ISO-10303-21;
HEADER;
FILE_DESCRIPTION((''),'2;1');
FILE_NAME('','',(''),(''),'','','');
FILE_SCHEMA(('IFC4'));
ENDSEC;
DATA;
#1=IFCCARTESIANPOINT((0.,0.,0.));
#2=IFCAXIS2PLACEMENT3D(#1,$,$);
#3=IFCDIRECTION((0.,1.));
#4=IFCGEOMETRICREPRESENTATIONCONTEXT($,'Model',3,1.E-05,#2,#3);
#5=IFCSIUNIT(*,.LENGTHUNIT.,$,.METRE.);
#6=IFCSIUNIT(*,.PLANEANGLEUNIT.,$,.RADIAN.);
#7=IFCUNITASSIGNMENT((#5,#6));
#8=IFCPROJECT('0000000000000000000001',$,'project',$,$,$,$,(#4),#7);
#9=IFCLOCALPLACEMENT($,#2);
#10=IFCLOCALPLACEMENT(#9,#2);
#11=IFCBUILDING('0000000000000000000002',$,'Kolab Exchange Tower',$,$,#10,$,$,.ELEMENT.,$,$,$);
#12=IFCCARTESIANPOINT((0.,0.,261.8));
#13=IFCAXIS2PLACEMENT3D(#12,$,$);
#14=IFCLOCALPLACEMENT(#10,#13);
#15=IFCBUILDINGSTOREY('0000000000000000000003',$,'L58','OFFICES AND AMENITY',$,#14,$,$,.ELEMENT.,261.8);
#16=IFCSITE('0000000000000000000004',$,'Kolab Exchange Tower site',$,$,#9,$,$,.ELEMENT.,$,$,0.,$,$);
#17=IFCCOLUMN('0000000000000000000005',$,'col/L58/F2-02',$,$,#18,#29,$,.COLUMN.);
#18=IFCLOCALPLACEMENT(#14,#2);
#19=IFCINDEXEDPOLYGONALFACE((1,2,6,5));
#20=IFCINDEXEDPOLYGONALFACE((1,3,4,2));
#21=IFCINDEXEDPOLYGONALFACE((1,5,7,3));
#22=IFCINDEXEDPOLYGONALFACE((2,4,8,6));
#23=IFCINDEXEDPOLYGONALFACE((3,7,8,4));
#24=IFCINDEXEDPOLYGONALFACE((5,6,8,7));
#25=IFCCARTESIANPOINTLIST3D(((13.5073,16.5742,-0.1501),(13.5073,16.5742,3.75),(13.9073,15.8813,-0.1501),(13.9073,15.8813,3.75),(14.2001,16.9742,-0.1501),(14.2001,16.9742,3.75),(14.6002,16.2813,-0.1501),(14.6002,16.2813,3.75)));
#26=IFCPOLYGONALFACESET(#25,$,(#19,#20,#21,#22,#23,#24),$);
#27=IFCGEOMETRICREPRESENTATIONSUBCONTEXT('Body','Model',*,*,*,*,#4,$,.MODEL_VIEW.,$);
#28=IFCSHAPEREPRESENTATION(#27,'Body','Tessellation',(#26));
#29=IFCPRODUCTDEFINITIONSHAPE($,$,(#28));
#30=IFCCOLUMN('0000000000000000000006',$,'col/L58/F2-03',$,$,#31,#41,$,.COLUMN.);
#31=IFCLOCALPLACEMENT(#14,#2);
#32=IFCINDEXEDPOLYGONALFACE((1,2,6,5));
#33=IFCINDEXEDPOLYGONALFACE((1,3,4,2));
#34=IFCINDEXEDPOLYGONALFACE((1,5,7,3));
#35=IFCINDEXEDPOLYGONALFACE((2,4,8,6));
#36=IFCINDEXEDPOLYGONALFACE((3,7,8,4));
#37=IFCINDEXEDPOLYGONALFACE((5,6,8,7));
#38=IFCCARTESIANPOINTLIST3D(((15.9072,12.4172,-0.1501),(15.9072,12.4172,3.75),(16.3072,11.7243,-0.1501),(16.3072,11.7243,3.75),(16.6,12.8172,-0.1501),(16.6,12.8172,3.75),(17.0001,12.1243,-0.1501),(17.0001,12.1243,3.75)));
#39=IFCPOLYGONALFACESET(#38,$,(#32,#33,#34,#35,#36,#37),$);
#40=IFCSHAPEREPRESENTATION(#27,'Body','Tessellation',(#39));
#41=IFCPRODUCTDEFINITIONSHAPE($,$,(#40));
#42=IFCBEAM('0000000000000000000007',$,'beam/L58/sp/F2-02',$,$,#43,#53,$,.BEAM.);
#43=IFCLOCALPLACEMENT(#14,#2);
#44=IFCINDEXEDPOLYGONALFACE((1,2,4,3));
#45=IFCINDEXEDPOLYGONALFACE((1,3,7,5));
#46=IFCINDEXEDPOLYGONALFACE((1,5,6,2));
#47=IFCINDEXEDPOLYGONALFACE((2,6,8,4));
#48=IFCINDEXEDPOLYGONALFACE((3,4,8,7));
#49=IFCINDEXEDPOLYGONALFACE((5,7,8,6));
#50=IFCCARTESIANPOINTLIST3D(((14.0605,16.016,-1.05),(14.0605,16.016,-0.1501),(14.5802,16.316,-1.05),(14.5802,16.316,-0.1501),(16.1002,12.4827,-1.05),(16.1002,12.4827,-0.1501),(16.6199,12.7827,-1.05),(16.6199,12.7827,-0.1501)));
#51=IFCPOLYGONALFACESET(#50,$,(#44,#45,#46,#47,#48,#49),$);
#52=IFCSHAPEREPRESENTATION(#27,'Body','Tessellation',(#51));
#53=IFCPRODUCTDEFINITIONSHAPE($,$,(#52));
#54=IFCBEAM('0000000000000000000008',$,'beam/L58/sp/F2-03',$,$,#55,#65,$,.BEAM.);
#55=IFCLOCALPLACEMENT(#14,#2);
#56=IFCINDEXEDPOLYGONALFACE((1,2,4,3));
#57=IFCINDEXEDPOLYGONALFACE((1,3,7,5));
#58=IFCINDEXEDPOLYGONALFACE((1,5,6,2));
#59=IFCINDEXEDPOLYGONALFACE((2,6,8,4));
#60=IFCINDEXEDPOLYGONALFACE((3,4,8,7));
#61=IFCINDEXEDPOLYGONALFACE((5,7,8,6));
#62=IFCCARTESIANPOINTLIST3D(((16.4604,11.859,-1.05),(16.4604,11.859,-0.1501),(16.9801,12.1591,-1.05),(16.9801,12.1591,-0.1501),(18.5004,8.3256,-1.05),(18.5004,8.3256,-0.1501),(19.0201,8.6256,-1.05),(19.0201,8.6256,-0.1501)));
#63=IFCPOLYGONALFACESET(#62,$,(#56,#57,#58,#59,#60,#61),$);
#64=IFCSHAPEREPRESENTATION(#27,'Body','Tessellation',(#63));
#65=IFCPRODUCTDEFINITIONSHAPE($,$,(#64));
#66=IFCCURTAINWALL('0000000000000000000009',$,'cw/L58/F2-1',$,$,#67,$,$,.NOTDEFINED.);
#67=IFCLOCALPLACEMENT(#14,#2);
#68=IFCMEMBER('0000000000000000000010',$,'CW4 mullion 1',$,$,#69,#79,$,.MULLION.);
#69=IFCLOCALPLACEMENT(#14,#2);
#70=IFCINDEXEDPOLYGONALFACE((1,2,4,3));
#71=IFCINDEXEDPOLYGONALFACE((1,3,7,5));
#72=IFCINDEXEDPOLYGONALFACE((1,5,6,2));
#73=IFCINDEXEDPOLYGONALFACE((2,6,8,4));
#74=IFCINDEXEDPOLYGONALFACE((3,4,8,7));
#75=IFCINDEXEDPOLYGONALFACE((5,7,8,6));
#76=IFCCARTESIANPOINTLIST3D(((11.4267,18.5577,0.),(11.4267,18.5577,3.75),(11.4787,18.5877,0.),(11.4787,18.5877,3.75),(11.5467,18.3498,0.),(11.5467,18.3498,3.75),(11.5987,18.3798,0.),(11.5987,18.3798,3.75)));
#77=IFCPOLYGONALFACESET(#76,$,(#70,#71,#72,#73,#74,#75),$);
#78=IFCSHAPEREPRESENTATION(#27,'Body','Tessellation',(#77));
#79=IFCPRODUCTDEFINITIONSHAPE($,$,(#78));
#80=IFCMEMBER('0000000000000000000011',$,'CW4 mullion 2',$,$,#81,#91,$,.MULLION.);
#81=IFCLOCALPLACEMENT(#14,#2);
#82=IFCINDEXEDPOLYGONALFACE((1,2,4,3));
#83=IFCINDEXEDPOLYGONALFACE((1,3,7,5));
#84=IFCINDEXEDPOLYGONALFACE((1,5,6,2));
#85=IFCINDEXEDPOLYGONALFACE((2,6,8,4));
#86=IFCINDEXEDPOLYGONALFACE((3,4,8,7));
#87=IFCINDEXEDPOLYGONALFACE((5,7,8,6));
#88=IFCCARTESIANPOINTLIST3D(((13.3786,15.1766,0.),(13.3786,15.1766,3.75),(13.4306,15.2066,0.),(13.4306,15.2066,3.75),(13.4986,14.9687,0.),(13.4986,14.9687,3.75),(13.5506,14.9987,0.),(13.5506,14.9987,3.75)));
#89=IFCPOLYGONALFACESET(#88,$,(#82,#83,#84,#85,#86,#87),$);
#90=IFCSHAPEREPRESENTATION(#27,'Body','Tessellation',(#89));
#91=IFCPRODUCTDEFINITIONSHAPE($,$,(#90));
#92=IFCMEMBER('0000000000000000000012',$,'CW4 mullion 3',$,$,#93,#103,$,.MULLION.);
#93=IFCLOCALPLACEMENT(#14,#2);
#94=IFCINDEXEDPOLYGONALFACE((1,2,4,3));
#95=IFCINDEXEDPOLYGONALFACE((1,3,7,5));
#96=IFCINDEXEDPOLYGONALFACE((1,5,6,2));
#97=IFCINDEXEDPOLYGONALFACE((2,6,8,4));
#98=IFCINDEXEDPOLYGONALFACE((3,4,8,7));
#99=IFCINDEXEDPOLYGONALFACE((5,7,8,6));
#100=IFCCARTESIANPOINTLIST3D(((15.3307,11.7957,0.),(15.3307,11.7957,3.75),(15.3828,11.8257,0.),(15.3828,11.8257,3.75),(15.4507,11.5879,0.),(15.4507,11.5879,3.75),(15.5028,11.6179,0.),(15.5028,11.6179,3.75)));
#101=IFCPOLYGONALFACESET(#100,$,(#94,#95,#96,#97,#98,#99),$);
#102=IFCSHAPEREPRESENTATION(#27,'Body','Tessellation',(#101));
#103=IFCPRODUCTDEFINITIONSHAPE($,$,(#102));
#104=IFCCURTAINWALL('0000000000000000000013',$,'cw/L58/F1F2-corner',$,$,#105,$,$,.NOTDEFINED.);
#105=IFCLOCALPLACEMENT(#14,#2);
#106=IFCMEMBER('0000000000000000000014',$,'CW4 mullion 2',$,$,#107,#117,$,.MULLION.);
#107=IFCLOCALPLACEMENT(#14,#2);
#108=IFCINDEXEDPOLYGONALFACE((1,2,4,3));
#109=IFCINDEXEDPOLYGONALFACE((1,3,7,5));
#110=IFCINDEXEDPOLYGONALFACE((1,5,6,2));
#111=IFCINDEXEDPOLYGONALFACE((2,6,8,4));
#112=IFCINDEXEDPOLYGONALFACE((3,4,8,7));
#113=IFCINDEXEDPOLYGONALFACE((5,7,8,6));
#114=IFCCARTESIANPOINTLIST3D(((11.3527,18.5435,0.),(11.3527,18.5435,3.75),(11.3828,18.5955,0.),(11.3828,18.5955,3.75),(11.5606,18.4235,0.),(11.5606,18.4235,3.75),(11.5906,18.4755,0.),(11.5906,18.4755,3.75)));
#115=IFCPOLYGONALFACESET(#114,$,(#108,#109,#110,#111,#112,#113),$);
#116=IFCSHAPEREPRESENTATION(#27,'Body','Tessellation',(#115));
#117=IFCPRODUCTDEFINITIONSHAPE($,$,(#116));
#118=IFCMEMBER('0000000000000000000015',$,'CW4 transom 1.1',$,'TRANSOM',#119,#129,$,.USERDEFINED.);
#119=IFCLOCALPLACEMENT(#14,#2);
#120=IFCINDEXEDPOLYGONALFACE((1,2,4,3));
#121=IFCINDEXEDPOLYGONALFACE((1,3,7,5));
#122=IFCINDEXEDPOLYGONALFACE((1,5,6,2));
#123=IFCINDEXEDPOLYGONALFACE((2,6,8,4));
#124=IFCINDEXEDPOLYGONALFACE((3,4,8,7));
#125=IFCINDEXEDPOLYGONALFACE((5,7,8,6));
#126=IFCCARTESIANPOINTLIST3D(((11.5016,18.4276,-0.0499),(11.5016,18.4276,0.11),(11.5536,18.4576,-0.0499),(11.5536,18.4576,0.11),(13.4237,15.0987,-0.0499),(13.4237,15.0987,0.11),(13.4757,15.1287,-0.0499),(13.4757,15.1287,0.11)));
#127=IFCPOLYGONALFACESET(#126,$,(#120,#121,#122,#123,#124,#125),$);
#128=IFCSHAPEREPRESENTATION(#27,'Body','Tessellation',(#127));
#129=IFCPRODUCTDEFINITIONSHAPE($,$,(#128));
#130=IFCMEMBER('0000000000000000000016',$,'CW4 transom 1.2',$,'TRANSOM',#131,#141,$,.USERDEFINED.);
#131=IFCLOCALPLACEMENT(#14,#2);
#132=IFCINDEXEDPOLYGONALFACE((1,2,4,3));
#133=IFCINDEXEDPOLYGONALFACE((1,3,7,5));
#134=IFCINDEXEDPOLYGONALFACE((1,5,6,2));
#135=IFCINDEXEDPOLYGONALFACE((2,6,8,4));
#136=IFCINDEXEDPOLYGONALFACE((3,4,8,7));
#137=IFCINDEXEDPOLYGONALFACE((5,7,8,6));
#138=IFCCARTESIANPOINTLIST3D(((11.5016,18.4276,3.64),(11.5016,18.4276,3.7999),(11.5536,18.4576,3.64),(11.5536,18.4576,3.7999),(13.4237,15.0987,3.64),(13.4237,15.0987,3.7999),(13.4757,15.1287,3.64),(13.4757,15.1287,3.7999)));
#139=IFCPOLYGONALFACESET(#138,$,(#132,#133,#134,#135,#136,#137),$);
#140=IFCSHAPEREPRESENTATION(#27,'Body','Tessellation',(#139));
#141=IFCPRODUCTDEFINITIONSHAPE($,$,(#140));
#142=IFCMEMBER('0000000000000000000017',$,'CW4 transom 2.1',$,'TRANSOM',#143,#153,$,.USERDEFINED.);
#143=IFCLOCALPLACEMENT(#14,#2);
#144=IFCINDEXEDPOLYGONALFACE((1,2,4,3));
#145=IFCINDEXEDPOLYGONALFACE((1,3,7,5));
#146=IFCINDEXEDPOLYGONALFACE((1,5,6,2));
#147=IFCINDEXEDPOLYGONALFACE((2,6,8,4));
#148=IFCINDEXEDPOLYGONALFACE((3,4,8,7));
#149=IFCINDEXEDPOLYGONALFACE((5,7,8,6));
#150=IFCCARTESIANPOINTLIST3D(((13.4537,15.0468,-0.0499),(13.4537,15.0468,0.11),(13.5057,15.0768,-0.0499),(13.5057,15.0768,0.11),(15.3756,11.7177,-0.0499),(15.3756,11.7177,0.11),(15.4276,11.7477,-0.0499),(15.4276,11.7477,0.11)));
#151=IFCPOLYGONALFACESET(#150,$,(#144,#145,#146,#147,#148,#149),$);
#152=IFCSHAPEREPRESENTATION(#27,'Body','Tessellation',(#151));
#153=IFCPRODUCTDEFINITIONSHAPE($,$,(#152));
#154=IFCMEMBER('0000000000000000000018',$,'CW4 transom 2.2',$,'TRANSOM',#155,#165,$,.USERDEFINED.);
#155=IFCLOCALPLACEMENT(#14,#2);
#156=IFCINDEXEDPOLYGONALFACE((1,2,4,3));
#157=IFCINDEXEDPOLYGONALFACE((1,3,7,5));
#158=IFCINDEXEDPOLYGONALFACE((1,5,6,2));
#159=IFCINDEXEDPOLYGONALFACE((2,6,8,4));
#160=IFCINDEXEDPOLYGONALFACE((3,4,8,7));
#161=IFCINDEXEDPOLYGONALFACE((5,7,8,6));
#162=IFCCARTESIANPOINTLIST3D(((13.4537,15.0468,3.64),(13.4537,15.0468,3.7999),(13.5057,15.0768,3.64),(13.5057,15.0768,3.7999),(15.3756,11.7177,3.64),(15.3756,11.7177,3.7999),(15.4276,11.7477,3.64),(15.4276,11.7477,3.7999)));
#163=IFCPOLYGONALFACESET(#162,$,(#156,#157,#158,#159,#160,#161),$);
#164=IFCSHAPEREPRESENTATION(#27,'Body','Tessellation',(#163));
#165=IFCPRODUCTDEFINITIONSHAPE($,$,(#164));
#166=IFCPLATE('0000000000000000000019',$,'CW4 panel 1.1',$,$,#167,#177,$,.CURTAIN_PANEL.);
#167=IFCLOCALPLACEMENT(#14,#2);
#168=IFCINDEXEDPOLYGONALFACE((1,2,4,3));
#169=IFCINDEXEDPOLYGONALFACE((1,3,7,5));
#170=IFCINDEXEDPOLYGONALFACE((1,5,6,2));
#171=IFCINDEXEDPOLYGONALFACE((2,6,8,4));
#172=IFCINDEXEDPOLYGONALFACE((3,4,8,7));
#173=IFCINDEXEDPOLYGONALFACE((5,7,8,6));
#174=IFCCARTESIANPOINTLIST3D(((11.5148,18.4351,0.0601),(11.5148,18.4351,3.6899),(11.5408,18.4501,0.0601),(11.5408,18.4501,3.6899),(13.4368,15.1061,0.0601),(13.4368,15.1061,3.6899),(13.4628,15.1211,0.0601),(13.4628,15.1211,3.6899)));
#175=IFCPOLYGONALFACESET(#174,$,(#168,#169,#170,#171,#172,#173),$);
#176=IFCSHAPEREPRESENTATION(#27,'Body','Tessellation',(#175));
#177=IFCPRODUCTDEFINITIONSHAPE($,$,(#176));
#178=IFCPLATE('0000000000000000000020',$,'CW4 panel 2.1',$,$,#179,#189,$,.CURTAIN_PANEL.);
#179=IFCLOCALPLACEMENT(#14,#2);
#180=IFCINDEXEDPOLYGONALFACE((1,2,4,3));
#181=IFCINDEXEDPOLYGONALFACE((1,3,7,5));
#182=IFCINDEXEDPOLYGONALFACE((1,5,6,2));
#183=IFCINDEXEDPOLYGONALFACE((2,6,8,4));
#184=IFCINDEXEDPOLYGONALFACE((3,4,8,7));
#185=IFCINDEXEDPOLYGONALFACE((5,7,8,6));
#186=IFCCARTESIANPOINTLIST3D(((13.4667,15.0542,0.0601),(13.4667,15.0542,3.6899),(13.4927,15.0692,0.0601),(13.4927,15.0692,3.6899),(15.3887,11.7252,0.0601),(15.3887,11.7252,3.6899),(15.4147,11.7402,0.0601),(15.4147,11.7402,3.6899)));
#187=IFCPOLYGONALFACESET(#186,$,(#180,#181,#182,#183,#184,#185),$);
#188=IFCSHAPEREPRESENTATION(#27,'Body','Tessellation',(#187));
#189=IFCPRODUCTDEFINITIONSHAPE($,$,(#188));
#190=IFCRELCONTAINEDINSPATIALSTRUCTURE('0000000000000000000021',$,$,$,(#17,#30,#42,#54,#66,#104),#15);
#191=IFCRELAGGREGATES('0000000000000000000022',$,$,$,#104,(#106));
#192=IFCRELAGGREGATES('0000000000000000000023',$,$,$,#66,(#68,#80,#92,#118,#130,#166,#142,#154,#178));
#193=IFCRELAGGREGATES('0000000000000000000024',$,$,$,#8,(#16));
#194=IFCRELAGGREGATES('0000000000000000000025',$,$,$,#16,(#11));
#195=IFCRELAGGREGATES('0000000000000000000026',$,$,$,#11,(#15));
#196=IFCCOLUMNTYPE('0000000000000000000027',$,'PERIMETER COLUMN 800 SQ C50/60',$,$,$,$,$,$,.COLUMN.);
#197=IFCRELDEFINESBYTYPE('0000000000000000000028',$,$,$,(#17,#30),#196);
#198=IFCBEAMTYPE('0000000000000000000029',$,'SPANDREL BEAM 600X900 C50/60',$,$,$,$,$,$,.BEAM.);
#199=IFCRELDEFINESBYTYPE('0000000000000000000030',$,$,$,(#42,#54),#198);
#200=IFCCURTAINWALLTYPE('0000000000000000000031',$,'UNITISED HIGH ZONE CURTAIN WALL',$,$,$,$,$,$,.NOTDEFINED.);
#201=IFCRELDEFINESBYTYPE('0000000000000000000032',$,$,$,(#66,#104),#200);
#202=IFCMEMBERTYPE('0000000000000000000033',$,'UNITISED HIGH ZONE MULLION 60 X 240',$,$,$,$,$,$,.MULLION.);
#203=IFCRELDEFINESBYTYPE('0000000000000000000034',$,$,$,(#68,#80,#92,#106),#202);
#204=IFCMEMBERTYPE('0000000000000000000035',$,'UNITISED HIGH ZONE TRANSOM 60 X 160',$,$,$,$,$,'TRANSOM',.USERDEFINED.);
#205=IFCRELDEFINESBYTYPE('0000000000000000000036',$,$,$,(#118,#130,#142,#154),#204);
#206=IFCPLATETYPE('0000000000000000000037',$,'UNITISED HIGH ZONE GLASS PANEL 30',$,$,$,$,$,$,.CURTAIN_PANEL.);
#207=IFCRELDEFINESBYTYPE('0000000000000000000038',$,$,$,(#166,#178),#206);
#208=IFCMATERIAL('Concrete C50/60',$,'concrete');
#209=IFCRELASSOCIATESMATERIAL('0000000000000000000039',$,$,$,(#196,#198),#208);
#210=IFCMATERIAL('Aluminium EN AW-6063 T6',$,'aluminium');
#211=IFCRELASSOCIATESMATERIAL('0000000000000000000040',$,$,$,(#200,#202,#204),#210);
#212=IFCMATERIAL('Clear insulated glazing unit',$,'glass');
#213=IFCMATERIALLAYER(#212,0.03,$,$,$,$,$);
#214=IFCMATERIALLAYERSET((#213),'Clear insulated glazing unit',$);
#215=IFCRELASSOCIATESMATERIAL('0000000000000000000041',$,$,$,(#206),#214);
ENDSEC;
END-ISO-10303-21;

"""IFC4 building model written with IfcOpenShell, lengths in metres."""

from ifc_helpers import new_model, si_unit, direction, frame, origin, origin_2d, place, context, subcontext, project, spatial, rectangle, extrude, material, layer, layer_set, material_profile, profile_set, type_object, element, aggregate, save


model = new_model("IFC4")

# Units and contexts
model_context = context("Model", 3, precision=1e-05, world=origin(), true_north=direction((0.0, 1.0)))
body_context = subcontext(model_context, "Body", "Model", "MODEL_VIEW")
ifc_project = project(units=[si_unit("LENGTHUNIT", "METRE"), si_unit("PLANEANGLEUNIT", "RADIAN")], contexts=[model_context])

# Site, building, storey
site_placement = place(None, origin())
site = spatial("IfcSite", under=ifc_project, at=site_placement, Name="Kolab Exchange Tower site", CompositionType="ELEMENT", RefElevation=0.0)
building_placement = place(site_placement, origin())
building = spatial("IfcBuilding", under=site, at=building_placement, Name="Kolab Exchange Tower", CompositionType="ELEMENT")
storey_placement = place(building_placement, frame((0.0, 0.0, 261.8)))
storey = spatial("IfcBuildingStorey", under=building, at=storey_placement, Name="L58", Description="OFFICES AND AMENITY", CompositionType="ELEMENT", Elevation=261.8)

# Columns
ifc_material_1 = material(Name="Concrete C50/60", Category="concrete")
ifc_material_profile_1 = material_profile(ifc_material_1, rectangle(XDim=0.8, YDim=0.8, at=origin_2d()), Name="RC800")
ifc_profile_set_1 = profile_set([ifc_material_profile_1], Name="Concrete C50/60")
column_type = type_object("IfcColumnType", Name="PERIMETER COLUMN 800 SQ C50/60", PredefinedType="COLUMN", material=ifc_profile_set_1)
for number, where, z_axis, x_axis, name in (
    (1, (14.0537, 16.4277, -0.1501), (0.0, 0.0, 1.0), (0.866025, 0.5, 0.0), "col/L58/F2-02"),
    (2, (16.4536, 12.2708, -0.1501), (0.0, 0.0, 1.0), (0.866025, 0.5, 0.0), "col/L58/F2-03"),
):
    element("IfcColumn", number, at=place(storey_placement, frame(where, z_axis=z_axis, x_axis=x_axis)), inside=storey, type_object=column_type, Name=name, PredefinedType="COLUMN", context=body_context, shape_type="SweptSolid", body=[
        extrude(rectangle(XDim=0.8, YDim=0.8, at=origin_2d()), origin(), (0.0, 0.0, 1.0), 3.9001),
    ])

# Beams
ifc_material_profile_2 = material_profile(ifc_material_1, rectangle(XDim=0.6001, YDim=0.8999, at=origin_2d()), Name="RC600X900")
ifc_profile_set_2 = profile_set([ifc_material_profile_2], Name="Concrete C50/60")
beam_type = type_object("IfcBeamType", Name="SPANDREL BEAM 600X900 C50/60", PredefinedType="BEAM", material=ifc_profile_set_2)
beam_1_placement = place(storey_placement, frame((14.3203, 16.166, -0.6001), z_axis=(0.499956, -0.866051, 0.0), x_axis=(0.866051, 0.499956, 0.0)))
element("IfcBeam", 3, at=beam_1_placement, inside=storey, type_object=beam_type, Name="beam/L58/sp/F2-02", PredefinedType="BEAM", context=body_context, shape_type="SweptSolid", body=[
    extrude(rectangle(XDim=0.6001, YDim=0.8999, at=origin_2d()), origin(), (0.0, 0.0, 1.0), 4.0798),
])
beam_2_placement = place(storey_placement, frame((16.7202, 12.009, -0.6001), z_axis=(0.5, -0.866025, 0.0), x_axis=(0.866025, 0.5, 0.0)))
element("IfcBeam", 4, at=beam_2_placement, inside=storey, type_object=beam_type, Name="beam/L58/sp/F2-03", PredefinedType="BEAM", context=body_context, shape_type="SweptSolid", body=[
    extrude(rectangle(XDim=0.6001, YDim=0.8999, at=origin_2d()), origin(), (0.0, 0.0, 1.0), 4.0801),
])

# Curtain wall, members
ifc_material_2 = material(Name="Aluminium EN AW-6063 T6", Category="aluminium")
curtain_wall_type = type_object("IfcCurtainWallType", Name="UNITISED HIGH ZONE CURTAIN WALL", PredefinedType="NOTDEFINED", material=ifc_material_2)
curtain_wall_1_placement = place(storey_placement, origin())
curtain_wall_1 = element("IfcCurtainWall", 5, at=curtain_wall_1_placement, inside=storey, type_object=curtain_wall_type, Name="cw/L58/F2-1", PredefinedType="NOTDEFINED")
ifc_material_profile_3 = material_profile(ifc_material_2, rectangle(XDim=0.0601, YDim=0.24, at=origin_2d()), Name="RECT 60X240")
ifc_profile_set_3 = profile_set([ifc_material_profile_3], Name="Aluminium EN AW-6063 T6")
member_type_1 = type_object("IfcMemberType", Name="UNITISED HIGH ZONE MULLION 60 X 240", PredefinedType="MULLION", material=ifc_profile_set_3)
member_1_placement = place(storey_placement, frame((11.5127, 18.4688, 0.0), z_axis=(0.0, 0.0, 1.0), x_axis=(0.866025, 0.5, 0.0)))
member_1 = element("IfcMember", 6, at=member_1_placement, type_object=member_type_1, Name="CW4 mullion 1", PredefinedType="MULLION", context=body_context, shape_type="SweptSolid", body=[
    extrude(rectangle(XDim=0.0601, YDim=0.24, at=origin_2d()), origin(), (0.0, 0.0, 1.0), 3.75),
])
member_2_placement = place(storey_placement, frame((13.4646, 15.0876, 0.0), z_axis=(0.0, 0.0, 1.0), x_axis=(0.866025, 0.5, 0.0)))
member_2 = element("IfcMember", 7, at=member_2_placement, type_object=member_type_1, Name="CW4 mullion 2", PredefinedType="MULLION", context=body_context, shape_type="SweptSolid", body=[
    extrude(rectangle(XDim=0.0601, YDim=0.24, at=origin_2d()), origin(), (0.0, 0.0, 1.0), 3.75),
])
member_3_placement = place(storey_placement, frame((15.4167, 11.7068, 0.0), z_axis=(0.0, 0.0, 1.0), x_axis=(0.866025, 0.5, 0.0)))
member_3 = element("IfcMember", 8, at=member_3_placement, type_object=member_type_1, Name="CW4 mullion 3", PredefinedType="MULLION", context=body_context, shape_type="SweptSolid", body=[
    extrude(rectangle(XDim=0.0601, YDim=0.24, at=origin_2d()), origin(), (0.0, 0.0, 1.0), 3.75),
])

# Curtain wall, member
curtain_wall_2_placement = place(storey_placement, origin())
curtain_wall_2 = element("IfcCurtainWall", 9, at=curtain_wall_2_placement, inside=storey, type_object=curtain_wall_type, Name="cw/L58/F1F2-corner", PredefinedType="NOTDEFINED")
member_4_placement = place(storey_placement, frame((11.4717, 18.5095, 0.0), z_axis=(0.0, 0.0, 1.0), x_axis=(0.5, 0.866025, 0.0)))
member_4 = element("IfcMember", 10, at=member_4_placement, type_object=member_type_1, Name="CW4 mullion 2", PredefinedType="MULLION", context=body_context, shape_type="SweptSolid", body=[
    extrude(rectangle(XDim=0.0601, YDim=0.24, at=origin_2d()), origin(), (0.0, 0.0, 1.0), 3.75),
])
aggregate(curtain_wall_2, [member_4])

# Members
ifc_material_profile_4 = material_profile(ifc_material_2, rectangle(XDim=0.0601, YDim=0.1599, at=origin_2d()), Name="RECT 60X160")
ifc_profile_set_4 = profile_set([ifc_material_profile_4], Name="Aluminium EN AW-6063 T6")
member_type_2 = type_object("IfcMemberType", Name="UNITISED HIGH ZONE TRANSOM 60 X 160", ElementType="TRANSOM", PredefinedType="USERDEFINED", material=ifc_profile_set_4)
member_5_placement = place(storey_placement, frame((11.5276, 18.4426, 0.03), z_axis=(0.500039, -0.866003, 0.0), x_axis=(0.866003, 0.500039, 0.0)))
member_5 = element("IfcMember", 11, at=member_5_placement, type_object=member_type_2, Name="CW4 transom 1.1", ObjectType="TRANSOM", PredefinedType="USERDEFINED", context=body_context, shape_type="SweptSolid", body=[
    extrude(rectangle(XDim=0.0601, YDim=0.1599, at=origin_2d()), origin(), (0.0, 0.0, 1.0), 3.844),
])
member_6_placement = place(storey_placement, frame((11.5276, 18.4426, 3.72), z_axis=(0.500039, -0.866003, 0.0), x_axis=(0.866003, 0.500039, 0.0)))
member_6 = element("IfcMember", 12, at=member_6_placement, type_object=member_type_2, Name="CW4 transom 1.2", ObjectType="TRANSOM", PredefinedType="USERDEFINED", context=body_context, shape_type="SweptSolid", body=[
    extrude(rectangle(XDim=0.0601, YDim=0.1599, at=origin_2d()), origin(), (0.0, 0.0, 1.0), 3.844),
])
member_7_placement = place(storey_placement, frame((13.4797, 15.0618, 0.03), z_axis=(0.499964, -0.866046, 0.0), x_axis=(0.866046, 0.499964, 0.0)))
member_7 = element("IfcMember", 13, at=member_7_placement, type_object=member_type_2, Name="CW4 transom 2.1", ObjectType="TRANSOM", PredefinedType="USERDEFINED", context=body_context, shape_type="SweptSolid", body=[
    extrude(rectangle(XDim=0.0601, YDim=0.1599, at=origin_2d()), origin(), (0.0, 0.0, 1.0), 3.844),
])
member_8_placement = place(storey_placement, frame((13.4797, 15.0618, 3.72), z_axis=(0.499964, -0.866046, 0.0), x_axis=(0.866046, 0.499964, 0.0)))
member_8 = element("IfcMember", 14, at=member_8_placement, type_object=member_type_2, Name="CW4 transom 2.2", ObjectType="TRANSOM", PredefinedType="USERDEFINED", context=body_context, shape_type="SweptSolid", body=[
    extrude(rectangle(XDim=0.0601, YDim=0.1599, at=origin_2d()), origin(), (0.0, 0.0, 1.0), 3.844),
])

# Plates
ifc_material_3 = material(Name="Clear insulated glazing unit", Category="glass")
ifc_layer_1 = layer(ifc_material_3, 0.03)
ifc_layer_set_1 = layer_set([ifc_layer_1], Name="Clear insulated glazing unit")
plate_type = type_object("IfcPlateType", Name="UNITISED HIGH ZONE GLASS PANEL 30", PredefinedType="CURTAIN_PANEL", material=ifc_layer_set_1)
plate_1_placement = place(storey_placement, frame((12.4888, 16.7781, 0.0601), z_axis=(0.0, 0.0, 1.0), x_axis=(0.5, -0.866025, 0.0)))
plate_1 = element("IfcPlate", 15, at=plate_1_placement, type_object=plate_type, Name="CW4 panel 1.1", PredefinedType="CURTAIN_PANEL", context=body_context, shape_type="SweptSolid", body=[
    extrude(rectangle(XDim=3.844, YDim=0.03, at=origin_2d()), origin(), (0.0, 0.0, 1.0), 3.6299),
])
plate_2_placement = place(storey_placement, frame((14.4407, 13.3972, 0.0601), z_axis=(0.0, 0.0, 1.0), x_axis=(0.5, -0.866025, 0.0)))
plate_2 = element("IfcPlate", 16, at=plate_2_placement, type_object=plate_type, Name="CW4 panel 2.1", PredefinedType="CURTAIN_PANEL", context=body_context, shape_type="SweptSolid", body=[
    extrude(rectangle(XDim=3.844, YDim=0.03, at=origin_2d()), origin(), (0.0, 0.0, 1.0), 3.6299),
])
aggregate(curtain_wall_1, [member_1, member_2, member_3, member_5, member_6, plate_1, member_7, member_8, plate_2])

save(model, "model.ifc")
